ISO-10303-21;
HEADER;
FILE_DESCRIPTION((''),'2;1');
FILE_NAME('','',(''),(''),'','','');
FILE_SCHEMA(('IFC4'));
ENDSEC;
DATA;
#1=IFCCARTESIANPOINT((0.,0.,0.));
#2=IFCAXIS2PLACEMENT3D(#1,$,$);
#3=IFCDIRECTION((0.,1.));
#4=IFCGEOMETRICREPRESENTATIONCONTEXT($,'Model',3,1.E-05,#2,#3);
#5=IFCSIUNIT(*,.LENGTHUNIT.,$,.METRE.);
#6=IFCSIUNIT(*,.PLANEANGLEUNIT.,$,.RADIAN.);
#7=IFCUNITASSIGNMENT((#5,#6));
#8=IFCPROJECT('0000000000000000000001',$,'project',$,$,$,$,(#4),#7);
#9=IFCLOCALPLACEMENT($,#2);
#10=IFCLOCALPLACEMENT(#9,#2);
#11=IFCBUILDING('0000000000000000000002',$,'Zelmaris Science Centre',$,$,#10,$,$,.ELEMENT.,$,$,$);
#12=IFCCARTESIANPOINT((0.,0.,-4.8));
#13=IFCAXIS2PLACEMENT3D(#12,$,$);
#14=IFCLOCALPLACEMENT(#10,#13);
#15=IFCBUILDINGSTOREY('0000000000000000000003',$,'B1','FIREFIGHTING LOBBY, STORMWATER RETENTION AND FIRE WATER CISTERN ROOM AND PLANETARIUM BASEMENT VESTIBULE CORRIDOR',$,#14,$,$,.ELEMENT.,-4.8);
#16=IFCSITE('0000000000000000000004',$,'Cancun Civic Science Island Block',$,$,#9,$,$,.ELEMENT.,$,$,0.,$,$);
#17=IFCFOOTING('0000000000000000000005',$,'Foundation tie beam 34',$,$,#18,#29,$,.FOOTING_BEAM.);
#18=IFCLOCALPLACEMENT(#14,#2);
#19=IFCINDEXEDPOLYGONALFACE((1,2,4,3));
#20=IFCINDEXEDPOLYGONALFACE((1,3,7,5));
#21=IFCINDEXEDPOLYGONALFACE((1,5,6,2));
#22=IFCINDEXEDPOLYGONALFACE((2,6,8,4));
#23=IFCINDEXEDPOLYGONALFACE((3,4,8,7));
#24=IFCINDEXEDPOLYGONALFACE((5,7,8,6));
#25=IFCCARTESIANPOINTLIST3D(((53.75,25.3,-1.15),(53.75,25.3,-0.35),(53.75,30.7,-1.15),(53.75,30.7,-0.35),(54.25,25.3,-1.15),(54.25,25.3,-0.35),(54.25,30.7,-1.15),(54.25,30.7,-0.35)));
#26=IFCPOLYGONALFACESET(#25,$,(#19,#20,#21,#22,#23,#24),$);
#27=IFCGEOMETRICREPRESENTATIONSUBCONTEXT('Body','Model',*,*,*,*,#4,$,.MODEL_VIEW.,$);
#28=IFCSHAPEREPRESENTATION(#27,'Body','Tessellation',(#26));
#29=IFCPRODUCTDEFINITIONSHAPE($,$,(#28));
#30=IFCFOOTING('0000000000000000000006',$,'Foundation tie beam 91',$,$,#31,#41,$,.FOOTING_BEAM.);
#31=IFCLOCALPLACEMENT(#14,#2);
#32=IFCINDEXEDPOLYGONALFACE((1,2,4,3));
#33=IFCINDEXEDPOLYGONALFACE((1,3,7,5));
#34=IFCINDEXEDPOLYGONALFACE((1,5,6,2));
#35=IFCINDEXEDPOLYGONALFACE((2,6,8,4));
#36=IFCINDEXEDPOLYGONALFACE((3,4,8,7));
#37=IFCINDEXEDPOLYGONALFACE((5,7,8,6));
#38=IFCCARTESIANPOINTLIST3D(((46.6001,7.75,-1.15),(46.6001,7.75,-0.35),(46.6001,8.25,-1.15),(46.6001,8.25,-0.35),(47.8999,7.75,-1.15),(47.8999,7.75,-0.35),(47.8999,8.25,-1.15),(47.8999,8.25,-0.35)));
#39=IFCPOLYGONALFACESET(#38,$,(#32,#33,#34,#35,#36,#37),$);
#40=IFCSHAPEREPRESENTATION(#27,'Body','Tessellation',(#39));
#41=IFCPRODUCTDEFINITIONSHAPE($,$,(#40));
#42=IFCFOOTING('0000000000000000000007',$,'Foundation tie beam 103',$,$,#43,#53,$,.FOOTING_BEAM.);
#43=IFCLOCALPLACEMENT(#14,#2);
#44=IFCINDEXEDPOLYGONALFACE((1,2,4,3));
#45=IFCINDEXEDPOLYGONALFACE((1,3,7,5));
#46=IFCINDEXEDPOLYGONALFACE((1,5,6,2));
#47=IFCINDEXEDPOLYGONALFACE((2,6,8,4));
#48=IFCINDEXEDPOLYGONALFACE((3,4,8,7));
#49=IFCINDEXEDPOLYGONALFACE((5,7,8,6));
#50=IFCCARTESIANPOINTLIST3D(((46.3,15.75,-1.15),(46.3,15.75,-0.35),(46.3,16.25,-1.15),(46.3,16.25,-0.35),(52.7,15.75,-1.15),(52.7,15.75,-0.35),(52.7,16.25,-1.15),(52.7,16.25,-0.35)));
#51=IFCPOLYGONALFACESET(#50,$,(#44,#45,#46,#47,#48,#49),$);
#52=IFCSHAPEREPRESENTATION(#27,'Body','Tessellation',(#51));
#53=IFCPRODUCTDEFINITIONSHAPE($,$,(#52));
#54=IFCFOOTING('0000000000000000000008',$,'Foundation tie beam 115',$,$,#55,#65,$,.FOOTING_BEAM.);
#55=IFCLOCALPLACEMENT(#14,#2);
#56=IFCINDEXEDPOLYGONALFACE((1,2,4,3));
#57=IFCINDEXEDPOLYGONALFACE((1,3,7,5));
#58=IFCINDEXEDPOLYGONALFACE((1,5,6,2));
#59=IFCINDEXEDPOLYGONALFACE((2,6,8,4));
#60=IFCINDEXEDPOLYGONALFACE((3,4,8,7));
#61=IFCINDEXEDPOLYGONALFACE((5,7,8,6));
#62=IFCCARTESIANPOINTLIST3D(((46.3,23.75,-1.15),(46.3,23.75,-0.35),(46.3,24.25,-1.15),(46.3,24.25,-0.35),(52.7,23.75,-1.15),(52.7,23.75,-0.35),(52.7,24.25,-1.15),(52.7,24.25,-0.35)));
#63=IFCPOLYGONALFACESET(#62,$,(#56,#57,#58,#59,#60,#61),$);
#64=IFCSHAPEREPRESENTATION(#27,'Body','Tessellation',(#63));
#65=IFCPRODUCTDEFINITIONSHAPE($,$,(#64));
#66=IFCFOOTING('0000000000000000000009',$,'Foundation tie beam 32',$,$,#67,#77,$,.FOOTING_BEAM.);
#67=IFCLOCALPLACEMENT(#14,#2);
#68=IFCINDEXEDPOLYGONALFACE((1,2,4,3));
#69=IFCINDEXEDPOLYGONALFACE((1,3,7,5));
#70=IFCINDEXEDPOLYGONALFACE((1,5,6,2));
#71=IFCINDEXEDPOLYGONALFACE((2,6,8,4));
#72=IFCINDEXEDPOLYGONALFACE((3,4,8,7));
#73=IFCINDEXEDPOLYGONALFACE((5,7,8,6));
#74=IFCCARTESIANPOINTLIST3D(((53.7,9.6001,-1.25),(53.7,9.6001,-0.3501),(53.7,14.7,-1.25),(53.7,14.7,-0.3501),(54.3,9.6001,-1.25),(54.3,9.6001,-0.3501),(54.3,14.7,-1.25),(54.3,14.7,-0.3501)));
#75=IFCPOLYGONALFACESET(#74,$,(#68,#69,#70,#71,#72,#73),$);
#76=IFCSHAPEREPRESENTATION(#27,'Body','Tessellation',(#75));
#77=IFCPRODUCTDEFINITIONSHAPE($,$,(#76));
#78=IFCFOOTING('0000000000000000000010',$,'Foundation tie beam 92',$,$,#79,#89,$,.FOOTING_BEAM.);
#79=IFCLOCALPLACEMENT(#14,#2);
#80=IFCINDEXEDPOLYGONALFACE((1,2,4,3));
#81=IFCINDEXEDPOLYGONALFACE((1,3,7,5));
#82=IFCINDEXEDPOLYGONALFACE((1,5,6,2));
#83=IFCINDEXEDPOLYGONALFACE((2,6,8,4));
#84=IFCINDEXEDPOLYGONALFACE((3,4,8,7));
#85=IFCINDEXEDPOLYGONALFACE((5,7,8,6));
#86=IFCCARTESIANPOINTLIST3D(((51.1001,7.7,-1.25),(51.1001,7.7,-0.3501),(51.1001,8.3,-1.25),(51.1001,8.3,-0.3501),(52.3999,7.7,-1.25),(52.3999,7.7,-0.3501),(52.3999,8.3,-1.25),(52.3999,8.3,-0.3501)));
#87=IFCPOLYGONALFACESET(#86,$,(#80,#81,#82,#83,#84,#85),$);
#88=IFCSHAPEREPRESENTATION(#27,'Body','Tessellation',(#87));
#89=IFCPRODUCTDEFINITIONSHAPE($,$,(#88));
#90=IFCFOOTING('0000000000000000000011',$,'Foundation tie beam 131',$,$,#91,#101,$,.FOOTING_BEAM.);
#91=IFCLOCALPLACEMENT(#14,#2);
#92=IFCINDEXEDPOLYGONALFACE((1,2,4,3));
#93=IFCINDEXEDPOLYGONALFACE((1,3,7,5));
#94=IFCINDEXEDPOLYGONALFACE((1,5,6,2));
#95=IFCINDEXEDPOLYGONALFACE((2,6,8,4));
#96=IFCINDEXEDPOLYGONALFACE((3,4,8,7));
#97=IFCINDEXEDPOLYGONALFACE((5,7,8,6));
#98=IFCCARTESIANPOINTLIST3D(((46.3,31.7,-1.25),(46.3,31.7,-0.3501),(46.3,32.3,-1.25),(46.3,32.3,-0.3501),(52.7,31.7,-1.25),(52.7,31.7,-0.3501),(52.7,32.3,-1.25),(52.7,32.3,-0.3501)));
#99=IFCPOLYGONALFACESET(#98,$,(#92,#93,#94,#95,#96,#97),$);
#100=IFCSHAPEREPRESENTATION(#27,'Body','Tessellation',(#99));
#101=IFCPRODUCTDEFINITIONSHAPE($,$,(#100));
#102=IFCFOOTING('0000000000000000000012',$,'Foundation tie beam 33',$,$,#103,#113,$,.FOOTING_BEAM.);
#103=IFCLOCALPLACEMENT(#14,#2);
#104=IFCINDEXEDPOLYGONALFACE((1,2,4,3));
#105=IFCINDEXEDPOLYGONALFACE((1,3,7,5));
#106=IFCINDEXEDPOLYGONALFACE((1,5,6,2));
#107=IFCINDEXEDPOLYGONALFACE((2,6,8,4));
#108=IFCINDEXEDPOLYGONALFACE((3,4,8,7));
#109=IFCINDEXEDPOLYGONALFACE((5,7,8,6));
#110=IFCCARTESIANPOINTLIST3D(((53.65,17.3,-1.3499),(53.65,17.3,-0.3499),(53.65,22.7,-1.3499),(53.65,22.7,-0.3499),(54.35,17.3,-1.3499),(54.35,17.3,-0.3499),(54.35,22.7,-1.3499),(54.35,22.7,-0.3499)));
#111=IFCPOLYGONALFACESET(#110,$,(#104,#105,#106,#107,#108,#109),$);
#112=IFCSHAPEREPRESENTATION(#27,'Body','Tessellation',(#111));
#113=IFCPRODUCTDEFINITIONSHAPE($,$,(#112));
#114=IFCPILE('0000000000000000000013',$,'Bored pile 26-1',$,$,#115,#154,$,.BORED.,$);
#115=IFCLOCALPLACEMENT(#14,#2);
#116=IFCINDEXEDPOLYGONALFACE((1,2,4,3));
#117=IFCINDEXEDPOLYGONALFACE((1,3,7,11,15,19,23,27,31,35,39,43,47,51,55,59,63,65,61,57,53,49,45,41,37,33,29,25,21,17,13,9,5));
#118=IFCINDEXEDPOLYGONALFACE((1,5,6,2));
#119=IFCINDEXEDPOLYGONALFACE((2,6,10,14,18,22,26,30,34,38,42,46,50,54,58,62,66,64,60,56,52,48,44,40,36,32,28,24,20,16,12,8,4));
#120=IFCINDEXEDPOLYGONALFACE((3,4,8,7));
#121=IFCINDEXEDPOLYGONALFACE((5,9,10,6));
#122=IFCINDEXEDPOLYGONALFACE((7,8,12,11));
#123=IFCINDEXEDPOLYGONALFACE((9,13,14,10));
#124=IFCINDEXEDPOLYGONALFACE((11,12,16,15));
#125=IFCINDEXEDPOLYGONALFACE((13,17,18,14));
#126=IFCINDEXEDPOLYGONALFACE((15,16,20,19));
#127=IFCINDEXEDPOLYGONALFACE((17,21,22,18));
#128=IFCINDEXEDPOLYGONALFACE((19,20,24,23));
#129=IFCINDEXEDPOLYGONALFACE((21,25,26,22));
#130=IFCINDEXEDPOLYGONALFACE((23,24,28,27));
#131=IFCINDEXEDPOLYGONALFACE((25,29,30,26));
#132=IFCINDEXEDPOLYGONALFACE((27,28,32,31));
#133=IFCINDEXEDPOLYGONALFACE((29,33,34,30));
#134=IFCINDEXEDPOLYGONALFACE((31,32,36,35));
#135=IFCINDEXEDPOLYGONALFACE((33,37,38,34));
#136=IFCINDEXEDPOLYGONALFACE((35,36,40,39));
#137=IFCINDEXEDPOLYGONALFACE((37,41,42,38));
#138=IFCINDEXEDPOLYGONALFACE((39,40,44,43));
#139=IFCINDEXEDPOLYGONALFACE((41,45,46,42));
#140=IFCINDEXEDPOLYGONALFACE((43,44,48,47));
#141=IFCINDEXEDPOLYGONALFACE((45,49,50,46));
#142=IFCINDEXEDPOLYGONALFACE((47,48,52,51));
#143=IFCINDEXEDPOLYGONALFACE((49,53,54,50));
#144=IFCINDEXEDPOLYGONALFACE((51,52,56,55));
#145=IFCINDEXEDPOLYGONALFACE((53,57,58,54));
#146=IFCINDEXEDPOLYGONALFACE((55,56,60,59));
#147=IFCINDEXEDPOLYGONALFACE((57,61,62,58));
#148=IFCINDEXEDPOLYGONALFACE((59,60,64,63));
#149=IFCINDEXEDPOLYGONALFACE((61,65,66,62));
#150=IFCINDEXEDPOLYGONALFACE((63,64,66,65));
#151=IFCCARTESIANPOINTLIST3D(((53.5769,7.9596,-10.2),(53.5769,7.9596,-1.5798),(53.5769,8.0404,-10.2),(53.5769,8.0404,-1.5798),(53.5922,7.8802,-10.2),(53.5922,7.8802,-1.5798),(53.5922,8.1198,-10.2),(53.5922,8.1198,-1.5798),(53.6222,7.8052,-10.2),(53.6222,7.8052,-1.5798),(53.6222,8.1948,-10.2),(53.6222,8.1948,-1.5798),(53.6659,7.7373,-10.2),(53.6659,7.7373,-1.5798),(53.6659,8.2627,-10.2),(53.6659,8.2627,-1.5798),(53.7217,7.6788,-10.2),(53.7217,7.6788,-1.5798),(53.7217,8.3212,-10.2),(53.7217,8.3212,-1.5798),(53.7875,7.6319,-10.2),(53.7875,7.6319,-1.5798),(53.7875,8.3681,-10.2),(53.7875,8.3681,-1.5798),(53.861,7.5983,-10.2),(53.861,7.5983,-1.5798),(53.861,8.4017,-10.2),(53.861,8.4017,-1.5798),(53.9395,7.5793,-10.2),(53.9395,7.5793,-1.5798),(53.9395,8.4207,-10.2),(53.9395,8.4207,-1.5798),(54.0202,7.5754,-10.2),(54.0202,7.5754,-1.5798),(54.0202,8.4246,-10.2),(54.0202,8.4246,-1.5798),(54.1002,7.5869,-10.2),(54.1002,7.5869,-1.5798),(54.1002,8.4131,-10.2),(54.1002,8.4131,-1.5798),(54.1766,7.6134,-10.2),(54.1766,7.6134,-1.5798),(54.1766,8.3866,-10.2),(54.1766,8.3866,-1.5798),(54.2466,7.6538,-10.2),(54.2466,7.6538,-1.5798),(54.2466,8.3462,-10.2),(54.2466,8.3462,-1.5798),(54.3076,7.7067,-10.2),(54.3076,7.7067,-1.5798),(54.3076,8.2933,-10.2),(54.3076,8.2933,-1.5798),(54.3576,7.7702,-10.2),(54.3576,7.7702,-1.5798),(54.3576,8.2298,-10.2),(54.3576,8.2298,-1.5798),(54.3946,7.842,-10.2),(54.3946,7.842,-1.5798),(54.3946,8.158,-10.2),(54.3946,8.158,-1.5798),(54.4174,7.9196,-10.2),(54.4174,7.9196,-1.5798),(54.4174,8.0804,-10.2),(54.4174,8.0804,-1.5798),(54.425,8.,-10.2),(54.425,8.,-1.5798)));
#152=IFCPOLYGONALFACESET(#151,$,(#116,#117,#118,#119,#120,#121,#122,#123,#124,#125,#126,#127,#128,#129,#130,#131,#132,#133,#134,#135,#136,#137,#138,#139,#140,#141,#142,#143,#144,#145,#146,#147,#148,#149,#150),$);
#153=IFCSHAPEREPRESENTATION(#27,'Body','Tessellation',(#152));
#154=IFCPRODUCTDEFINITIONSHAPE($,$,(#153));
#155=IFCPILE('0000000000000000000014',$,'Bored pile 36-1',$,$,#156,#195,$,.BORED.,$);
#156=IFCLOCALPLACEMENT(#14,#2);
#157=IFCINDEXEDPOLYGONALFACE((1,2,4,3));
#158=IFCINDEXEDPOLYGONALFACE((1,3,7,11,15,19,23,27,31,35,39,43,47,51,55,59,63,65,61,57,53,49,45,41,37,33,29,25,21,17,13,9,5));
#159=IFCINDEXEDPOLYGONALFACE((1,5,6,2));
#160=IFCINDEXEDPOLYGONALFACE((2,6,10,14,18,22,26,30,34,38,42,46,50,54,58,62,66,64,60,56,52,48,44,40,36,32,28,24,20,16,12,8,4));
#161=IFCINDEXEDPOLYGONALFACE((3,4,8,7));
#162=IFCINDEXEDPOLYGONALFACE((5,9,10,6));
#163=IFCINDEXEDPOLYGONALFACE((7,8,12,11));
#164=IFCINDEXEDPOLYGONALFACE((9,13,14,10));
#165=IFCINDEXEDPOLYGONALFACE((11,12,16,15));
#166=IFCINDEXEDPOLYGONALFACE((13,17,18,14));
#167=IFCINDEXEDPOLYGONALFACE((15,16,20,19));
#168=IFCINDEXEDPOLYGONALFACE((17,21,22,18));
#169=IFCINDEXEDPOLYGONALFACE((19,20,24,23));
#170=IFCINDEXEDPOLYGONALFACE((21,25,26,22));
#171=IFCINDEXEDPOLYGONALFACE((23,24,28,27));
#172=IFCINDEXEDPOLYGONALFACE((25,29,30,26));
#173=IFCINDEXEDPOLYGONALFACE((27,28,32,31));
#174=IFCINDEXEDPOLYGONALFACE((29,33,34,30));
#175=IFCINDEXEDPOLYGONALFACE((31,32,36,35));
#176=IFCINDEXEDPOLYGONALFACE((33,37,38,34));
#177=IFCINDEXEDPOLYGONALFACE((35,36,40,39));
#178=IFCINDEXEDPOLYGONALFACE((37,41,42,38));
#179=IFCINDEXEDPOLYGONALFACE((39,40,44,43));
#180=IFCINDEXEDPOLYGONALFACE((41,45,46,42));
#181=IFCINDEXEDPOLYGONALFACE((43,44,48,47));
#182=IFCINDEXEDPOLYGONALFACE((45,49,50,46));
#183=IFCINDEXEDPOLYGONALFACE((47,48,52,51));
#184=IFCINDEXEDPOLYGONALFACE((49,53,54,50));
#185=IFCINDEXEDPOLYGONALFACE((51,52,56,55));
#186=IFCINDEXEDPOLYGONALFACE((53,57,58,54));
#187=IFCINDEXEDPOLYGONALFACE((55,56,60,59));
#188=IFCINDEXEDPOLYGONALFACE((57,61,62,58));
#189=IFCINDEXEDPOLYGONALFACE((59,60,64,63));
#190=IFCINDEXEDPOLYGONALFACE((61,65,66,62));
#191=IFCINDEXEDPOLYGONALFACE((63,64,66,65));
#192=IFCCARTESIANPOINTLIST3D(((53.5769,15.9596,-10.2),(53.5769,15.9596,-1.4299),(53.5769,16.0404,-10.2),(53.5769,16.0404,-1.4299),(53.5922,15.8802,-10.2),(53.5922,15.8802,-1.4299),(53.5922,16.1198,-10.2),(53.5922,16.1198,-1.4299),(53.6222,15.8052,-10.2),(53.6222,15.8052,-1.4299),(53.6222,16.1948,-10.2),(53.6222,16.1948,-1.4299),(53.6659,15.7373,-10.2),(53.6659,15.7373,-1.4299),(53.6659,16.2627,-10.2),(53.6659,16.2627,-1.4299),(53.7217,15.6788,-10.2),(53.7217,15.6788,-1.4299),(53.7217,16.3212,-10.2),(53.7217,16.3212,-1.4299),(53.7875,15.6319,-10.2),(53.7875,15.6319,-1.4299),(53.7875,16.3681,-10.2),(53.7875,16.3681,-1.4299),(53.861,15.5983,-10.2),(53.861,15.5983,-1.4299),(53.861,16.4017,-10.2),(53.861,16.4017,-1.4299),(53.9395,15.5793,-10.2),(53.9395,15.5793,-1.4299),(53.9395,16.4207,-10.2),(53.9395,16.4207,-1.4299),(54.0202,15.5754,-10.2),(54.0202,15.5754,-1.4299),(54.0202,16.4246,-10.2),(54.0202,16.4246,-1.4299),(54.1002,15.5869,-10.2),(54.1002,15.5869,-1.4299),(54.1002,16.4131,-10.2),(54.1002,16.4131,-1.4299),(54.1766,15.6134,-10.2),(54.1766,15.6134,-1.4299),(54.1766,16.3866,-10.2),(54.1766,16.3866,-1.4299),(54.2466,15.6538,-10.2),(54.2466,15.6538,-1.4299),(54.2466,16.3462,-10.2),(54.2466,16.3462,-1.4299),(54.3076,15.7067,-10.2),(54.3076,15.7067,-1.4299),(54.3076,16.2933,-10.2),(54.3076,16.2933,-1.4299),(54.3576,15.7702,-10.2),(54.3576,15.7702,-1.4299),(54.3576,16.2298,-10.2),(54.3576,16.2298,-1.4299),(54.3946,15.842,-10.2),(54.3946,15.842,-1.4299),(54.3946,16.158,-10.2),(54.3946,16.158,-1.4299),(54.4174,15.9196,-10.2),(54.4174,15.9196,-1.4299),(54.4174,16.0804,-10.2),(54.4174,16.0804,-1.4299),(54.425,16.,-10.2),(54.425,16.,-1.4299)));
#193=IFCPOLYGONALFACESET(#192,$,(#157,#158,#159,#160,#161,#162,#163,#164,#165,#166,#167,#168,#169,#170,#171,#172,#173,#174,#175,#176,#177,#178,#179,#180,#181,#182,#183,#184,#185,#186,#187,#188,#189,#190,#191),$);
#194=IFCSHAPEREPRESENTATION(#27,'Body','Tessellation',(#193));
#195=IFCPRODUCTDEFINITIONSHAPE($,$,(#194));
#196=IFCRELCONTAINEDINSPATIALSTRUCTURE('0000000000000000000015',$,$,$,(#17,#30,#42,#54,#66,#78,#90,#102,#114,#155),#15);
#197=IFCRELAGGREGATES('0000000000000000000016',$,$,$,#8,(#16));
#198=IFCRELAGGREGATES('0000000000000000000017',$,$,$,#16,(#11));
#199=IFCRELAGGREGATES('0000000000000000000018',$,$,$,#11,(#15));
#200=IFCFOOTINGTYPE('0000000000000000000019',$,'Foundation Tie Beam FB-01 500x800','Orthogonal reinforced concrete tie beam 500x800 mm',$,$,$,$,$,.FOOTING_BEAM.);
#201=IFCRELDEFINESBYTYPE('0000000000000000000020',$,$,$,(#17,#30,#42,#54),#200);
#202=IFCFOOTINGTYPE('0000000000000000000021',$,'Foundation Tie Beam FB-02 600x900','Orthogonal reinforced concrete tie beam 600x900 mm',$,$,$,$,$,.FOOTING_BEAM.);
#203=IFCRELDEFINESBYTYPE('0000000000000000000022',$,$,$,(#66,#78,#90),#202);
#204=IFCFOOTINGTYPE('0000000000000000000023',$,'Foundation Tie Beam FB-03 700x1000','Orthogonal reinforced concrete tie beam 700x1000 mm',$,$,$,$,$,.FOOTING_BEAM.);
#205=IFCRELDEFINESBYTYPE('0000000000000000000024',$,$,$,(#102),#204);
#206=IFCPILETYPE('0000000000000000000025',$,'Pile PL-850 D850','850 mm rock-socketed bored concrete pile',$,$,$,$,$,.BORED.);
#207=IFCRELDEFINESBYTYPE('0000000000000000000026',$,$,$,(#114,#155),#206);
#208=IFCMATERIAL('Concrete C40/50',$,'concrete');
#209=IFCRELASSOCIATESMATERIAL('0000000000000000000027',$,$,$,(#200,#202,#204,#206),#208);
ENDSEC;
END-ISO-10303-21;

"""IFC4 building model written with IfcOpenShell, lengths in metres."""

from ifc_helpers import new_model, si_unit, direction, frame, origin, origin_2d, place, context, subcontext, project, spatial, rectangle, circle, extrude, material, material_profile, profile_set, type_object, element, save


model = new_model("IFC4")

# Units and contexts
model_context = context("Model", 3, precision=1e-05, world=origin(), true_north=direction((0.0, 1.0)))
body_context = subcontext(model_context, "Body", "Model", "MODEL_VIEW")
ifc_project = project(units=[si_unit("LENGTHUNIT", "METRE"), si_unit("PLANEANGLEUNIT", "RADIAN")], contexts=[model_context])

# Site, building, storey
site_placement = place(None, origin())
site = spatial("IfcSite", under=ifc_project, at=site_placement, Name="Cancun Civic Science Island Block", CompositionType="ELEMENT", RefElevation=0.0)
building_placement = place(site_placement, origin())
building = spatial("IfcBuilding", under=site, at=building_placement, Name="Zelmaris Science Centre", CompositionType="ELEMENT")
storey_placement = place(building_placement, frame((0.0, 0.0, -4.8)))
storey = spatial("IfcBuildingStorey", under=building, at=storey_placement, Name="B1", Description="FIREFIGHTING LOBBY, STORMWATER RETENTION AND FIRE WATER CISTERN ROOM AND PLANETARIUM BASEMENT VESTIBULE CORRIDOR", CompositionType="ELEMENT", Elevation=-4.8)

# Footings
ifc_material_1 = material(Name="Concrete C40/50", Category="concrete")
ifc_material_profile_1 = material_profile(ifc_material_1, rectangle(XDim=0.5, YDim=0.8, at=origin_2d()), Name="FB-500X800")
ifc_profile_set_1 = profile_set([ifc_material_profile_1], Name="Concrete C40/50")
footing_type_1 = type_object("IfcFootingType", Name="Foundation Tie Beam FB-01 500x800", Description="Orthogonal reinforced concrete tie beam 500x800 mm", PredefinedType="FOOTING_BEAM", material=ifc_profile_set_1)
footing_1_placement = place(storey_placement, frame((54.0, 25.3, -0.75), z_axis=(0.0, 1.0, 0.0), x_axis=(-1.0, 0.0, 0.0)))
element("IfcFooting", 1, at=footing_1_placement, inside=storey, type_object=footing_type_1, Name="Foundation tie beam 34", PredefinedType="FOOTING_BEAM", context=body_context, shape_type="SweptSolid", body=[
    extrude(rectangle(XDim=0.5, YDim=0.8, at=origin_2d()), origin(), (0.0, 0.0, 1.0), 5.3999),
])
footing_2_placement = place(storey_placement, frame((46.6001, 8.0, -0.75), z_axis=(1.0, 0.0, 0.0), x_axis=(0.0, 1.0, 0.0)))
element("IfcFooting", 2, at=footing_2_placement, inside=storey, type_object=footing_type_1, Name="Foundation tie beam 91", PredefinedType="FOOTING_BEAM", context=body_context, shape_type="SweptSolid", body=[
    extrude(rectangle(XDim=0.5, YDim=0.8, at=origin_2d()), origin(), (0.0, 0.0, 1.0), 1.2998),
])
for number, where, z_axis, x_axis, name in (
    (3, (46.3, 16.0, -0.75), (1.0, 0.0, 0.0), (0.0, 1.0, 0.0), "Foundation tie beam 103"),
    (4, (46.3, 24.0, -0.75), (1.0, 0.0, 0.0), (0.0, 1.0, 0.0), "Foundation tie beam 115"),
):
    element("IfcFooting", number, at=place(storey_placement, frame(where, z_axis=z_axis, x_axis=x_axis)), inside=storey, type_object=footing_type_1, Name=name, PredefinedType="FOOTING_BEAM", context=body_context, shape_type="SweptSolid", body=[
        extrude(rectangle(XDim=0.5, YDim=0.8, at=origin_2d()), origin(), (0.0, 0.0, 1.0), 6.3999),
    ])
ifc_material_profile_2 = material_profile(ifc_material_1, rectangle(XDim=0.6001, YDim=0.8999, at=origin_2d()), Name="FB-600X900")
ifc_profile_set_2 = profile_set([ifc_material_profile_2], Name="Concrete C40/50")
footing_type_2 = type_object("IfcFootingType", Name="Foundation Tie Beam FB-02 600x900", Description="Orthogonal reinforced concrete tie beam 600x900 mm", PredefinedType="FOOTING_BEAM", material=ifc_profile_set_2)
footing_3_placement = place(storey_placement, frame((54.0, 9.6001, -0.8), z_axis=(0.0, 1.0, 0.0), x_axis=(-1.0, 0.0, 0.0)))
element("IfcFooting", 5, at=footing_3_placement, inside=storey, type_object=footing_type_2, Name="Foundation tie beam 32", PredefinedType="FOOTING_BEAM", context=body_context, shape_type="SweptSolid", body=[
    extrude(rectangle(XDim=0.6001, YDim=0.8999, at=origin_2d()), origin(), (0.0, 0.0, 1.0), 5.0999),
])
footing_4_placement = place(storey_placement, frame((51.1001, 8.0, -0.8), z_axis=(1.0, 0.0, 0.0), x_axis=(0.0, 1.0, 0.0)))
element("IfcFooting", 6, at=footing_4_placement, inside=storey, type_object=footing_type_2, Name="Foundation tie beam 92", PredefinedType="FOOTING_BEAM", context=body_context, shape_type="SweptSolid", body=[
    extrude(rectangle(XDim=0.6001, YDim=0.8999, at=origin_2d()), origin(), (0.0, 0.0, 1.0), 1.2998),
])
footing_5_placement = place(storey_placement, frame((46.3, 32.0, -0.8), z_axis=(1.0, 0.0, 0.0), x_axis=(0.0, 1.0, 0.0)))
element("IfcFooting", 7, at=footing_5_placement, inside=storey, type_object=footing_type_2, Name="Foundation tie beam 131", PredefinedType="FOOTING_BEAM", context=body_context, shape_type="SweptSolid", body=[
    extrude(rectangle(XDim=0.6001, YDim=0.8999, at=origin_2d()), origin(), (0.0, 0.0, 1.0), 6.3999),
])
ifc_material_profile_3 = material_profile(ifc_material_1, rectangle(XDim=0.7, YDim=1.0, at=origin_2d()), Name="FB-700X1000")
ifc_profile_set_3 = profile_set([ifc_material_profile_3], Name="Concrete C40/50")
footing_type_3 = type_object("IfcFootingType", Name="Foundation Tie Beam FB-03 700x1000", Description="Orthogonal reinforced concrete tie beam 700x1000 mm", PredefinedType="FOOTING_BEAM", material=ifc_profile_set_3)
footing_6_placement = place(storey_placement, frame((54.0, 17.3, -0.8499), z_axis=(0.0, 1.0, 0.0), x_axis=(-1.0, 0.0, 0.0)))
element("IfcFooting", 8, at=footing_6_placement, inside=storey, type_object=footing_type_3, Name="Foundation tie beam 33", PredefinedType="FOOTING_BEAM", context=body_context, shape_type="SweptSolid", body=[
    extrude(rectangle(XDim=0.7, YDim=1.0, at=origin_2d()), origin(), (0.0, 0.0, 1.0), 5.3999),
])

# Piles
ifc_material_profile_4 = material_profile(ifc_material_1, circle(Radius=0.425, at=origin_2d()), Name="PILE-850")
ifc_profile_set_4 = profile_set([ifc_material_profile_4], Name="Concrete C40/50")
pile_type_1 = type_object("IfcPileType", Name="Pile PL-850 D850", Description="850 mm rock-socketed bored concrete pile", PredefinedType="BORED", material=ifc_profile_set_4)
pile_1_placement = place(storey_placement, frame((54.0, 8.0, -1.5798), z_axis=(0.0, 0.0, -1.0), x_axis=(1.0, 0.0, 0.0)))
element("IfcPile", 9, at=pile_1_placement, inside=storey, type_object=pile_type_1, Name="Bored pile 26-1", PredefinedType="BORED", context=body_context, shape_type="SweptSolid", body=[
    extrude(circle(Radius=0.425, at=origin_2d()), origin(), (0.0, 0.0, 1.0), 8.6201),
])
pile_2_placement = place(storey_placement, frame((54.0, 16.0, -1.4299), z_axis=(0.0, 0.0, -1.0), x_axis=(1.0, 0.0, 0.0)))
element("IfcPile", 10, at=pile_2_placement, inside=storey, type_object=pile_type_1, Name="Bored pile 36-1", PredefinedType="BORED", context=body_context, shape_type="SweptSolid", body=[
    extrude(circle(Radius=0.425, at=origin_2d()), origin(), (0.0, 0.0, 1.0), 8.77),
])

save(model, "model.ifc")
